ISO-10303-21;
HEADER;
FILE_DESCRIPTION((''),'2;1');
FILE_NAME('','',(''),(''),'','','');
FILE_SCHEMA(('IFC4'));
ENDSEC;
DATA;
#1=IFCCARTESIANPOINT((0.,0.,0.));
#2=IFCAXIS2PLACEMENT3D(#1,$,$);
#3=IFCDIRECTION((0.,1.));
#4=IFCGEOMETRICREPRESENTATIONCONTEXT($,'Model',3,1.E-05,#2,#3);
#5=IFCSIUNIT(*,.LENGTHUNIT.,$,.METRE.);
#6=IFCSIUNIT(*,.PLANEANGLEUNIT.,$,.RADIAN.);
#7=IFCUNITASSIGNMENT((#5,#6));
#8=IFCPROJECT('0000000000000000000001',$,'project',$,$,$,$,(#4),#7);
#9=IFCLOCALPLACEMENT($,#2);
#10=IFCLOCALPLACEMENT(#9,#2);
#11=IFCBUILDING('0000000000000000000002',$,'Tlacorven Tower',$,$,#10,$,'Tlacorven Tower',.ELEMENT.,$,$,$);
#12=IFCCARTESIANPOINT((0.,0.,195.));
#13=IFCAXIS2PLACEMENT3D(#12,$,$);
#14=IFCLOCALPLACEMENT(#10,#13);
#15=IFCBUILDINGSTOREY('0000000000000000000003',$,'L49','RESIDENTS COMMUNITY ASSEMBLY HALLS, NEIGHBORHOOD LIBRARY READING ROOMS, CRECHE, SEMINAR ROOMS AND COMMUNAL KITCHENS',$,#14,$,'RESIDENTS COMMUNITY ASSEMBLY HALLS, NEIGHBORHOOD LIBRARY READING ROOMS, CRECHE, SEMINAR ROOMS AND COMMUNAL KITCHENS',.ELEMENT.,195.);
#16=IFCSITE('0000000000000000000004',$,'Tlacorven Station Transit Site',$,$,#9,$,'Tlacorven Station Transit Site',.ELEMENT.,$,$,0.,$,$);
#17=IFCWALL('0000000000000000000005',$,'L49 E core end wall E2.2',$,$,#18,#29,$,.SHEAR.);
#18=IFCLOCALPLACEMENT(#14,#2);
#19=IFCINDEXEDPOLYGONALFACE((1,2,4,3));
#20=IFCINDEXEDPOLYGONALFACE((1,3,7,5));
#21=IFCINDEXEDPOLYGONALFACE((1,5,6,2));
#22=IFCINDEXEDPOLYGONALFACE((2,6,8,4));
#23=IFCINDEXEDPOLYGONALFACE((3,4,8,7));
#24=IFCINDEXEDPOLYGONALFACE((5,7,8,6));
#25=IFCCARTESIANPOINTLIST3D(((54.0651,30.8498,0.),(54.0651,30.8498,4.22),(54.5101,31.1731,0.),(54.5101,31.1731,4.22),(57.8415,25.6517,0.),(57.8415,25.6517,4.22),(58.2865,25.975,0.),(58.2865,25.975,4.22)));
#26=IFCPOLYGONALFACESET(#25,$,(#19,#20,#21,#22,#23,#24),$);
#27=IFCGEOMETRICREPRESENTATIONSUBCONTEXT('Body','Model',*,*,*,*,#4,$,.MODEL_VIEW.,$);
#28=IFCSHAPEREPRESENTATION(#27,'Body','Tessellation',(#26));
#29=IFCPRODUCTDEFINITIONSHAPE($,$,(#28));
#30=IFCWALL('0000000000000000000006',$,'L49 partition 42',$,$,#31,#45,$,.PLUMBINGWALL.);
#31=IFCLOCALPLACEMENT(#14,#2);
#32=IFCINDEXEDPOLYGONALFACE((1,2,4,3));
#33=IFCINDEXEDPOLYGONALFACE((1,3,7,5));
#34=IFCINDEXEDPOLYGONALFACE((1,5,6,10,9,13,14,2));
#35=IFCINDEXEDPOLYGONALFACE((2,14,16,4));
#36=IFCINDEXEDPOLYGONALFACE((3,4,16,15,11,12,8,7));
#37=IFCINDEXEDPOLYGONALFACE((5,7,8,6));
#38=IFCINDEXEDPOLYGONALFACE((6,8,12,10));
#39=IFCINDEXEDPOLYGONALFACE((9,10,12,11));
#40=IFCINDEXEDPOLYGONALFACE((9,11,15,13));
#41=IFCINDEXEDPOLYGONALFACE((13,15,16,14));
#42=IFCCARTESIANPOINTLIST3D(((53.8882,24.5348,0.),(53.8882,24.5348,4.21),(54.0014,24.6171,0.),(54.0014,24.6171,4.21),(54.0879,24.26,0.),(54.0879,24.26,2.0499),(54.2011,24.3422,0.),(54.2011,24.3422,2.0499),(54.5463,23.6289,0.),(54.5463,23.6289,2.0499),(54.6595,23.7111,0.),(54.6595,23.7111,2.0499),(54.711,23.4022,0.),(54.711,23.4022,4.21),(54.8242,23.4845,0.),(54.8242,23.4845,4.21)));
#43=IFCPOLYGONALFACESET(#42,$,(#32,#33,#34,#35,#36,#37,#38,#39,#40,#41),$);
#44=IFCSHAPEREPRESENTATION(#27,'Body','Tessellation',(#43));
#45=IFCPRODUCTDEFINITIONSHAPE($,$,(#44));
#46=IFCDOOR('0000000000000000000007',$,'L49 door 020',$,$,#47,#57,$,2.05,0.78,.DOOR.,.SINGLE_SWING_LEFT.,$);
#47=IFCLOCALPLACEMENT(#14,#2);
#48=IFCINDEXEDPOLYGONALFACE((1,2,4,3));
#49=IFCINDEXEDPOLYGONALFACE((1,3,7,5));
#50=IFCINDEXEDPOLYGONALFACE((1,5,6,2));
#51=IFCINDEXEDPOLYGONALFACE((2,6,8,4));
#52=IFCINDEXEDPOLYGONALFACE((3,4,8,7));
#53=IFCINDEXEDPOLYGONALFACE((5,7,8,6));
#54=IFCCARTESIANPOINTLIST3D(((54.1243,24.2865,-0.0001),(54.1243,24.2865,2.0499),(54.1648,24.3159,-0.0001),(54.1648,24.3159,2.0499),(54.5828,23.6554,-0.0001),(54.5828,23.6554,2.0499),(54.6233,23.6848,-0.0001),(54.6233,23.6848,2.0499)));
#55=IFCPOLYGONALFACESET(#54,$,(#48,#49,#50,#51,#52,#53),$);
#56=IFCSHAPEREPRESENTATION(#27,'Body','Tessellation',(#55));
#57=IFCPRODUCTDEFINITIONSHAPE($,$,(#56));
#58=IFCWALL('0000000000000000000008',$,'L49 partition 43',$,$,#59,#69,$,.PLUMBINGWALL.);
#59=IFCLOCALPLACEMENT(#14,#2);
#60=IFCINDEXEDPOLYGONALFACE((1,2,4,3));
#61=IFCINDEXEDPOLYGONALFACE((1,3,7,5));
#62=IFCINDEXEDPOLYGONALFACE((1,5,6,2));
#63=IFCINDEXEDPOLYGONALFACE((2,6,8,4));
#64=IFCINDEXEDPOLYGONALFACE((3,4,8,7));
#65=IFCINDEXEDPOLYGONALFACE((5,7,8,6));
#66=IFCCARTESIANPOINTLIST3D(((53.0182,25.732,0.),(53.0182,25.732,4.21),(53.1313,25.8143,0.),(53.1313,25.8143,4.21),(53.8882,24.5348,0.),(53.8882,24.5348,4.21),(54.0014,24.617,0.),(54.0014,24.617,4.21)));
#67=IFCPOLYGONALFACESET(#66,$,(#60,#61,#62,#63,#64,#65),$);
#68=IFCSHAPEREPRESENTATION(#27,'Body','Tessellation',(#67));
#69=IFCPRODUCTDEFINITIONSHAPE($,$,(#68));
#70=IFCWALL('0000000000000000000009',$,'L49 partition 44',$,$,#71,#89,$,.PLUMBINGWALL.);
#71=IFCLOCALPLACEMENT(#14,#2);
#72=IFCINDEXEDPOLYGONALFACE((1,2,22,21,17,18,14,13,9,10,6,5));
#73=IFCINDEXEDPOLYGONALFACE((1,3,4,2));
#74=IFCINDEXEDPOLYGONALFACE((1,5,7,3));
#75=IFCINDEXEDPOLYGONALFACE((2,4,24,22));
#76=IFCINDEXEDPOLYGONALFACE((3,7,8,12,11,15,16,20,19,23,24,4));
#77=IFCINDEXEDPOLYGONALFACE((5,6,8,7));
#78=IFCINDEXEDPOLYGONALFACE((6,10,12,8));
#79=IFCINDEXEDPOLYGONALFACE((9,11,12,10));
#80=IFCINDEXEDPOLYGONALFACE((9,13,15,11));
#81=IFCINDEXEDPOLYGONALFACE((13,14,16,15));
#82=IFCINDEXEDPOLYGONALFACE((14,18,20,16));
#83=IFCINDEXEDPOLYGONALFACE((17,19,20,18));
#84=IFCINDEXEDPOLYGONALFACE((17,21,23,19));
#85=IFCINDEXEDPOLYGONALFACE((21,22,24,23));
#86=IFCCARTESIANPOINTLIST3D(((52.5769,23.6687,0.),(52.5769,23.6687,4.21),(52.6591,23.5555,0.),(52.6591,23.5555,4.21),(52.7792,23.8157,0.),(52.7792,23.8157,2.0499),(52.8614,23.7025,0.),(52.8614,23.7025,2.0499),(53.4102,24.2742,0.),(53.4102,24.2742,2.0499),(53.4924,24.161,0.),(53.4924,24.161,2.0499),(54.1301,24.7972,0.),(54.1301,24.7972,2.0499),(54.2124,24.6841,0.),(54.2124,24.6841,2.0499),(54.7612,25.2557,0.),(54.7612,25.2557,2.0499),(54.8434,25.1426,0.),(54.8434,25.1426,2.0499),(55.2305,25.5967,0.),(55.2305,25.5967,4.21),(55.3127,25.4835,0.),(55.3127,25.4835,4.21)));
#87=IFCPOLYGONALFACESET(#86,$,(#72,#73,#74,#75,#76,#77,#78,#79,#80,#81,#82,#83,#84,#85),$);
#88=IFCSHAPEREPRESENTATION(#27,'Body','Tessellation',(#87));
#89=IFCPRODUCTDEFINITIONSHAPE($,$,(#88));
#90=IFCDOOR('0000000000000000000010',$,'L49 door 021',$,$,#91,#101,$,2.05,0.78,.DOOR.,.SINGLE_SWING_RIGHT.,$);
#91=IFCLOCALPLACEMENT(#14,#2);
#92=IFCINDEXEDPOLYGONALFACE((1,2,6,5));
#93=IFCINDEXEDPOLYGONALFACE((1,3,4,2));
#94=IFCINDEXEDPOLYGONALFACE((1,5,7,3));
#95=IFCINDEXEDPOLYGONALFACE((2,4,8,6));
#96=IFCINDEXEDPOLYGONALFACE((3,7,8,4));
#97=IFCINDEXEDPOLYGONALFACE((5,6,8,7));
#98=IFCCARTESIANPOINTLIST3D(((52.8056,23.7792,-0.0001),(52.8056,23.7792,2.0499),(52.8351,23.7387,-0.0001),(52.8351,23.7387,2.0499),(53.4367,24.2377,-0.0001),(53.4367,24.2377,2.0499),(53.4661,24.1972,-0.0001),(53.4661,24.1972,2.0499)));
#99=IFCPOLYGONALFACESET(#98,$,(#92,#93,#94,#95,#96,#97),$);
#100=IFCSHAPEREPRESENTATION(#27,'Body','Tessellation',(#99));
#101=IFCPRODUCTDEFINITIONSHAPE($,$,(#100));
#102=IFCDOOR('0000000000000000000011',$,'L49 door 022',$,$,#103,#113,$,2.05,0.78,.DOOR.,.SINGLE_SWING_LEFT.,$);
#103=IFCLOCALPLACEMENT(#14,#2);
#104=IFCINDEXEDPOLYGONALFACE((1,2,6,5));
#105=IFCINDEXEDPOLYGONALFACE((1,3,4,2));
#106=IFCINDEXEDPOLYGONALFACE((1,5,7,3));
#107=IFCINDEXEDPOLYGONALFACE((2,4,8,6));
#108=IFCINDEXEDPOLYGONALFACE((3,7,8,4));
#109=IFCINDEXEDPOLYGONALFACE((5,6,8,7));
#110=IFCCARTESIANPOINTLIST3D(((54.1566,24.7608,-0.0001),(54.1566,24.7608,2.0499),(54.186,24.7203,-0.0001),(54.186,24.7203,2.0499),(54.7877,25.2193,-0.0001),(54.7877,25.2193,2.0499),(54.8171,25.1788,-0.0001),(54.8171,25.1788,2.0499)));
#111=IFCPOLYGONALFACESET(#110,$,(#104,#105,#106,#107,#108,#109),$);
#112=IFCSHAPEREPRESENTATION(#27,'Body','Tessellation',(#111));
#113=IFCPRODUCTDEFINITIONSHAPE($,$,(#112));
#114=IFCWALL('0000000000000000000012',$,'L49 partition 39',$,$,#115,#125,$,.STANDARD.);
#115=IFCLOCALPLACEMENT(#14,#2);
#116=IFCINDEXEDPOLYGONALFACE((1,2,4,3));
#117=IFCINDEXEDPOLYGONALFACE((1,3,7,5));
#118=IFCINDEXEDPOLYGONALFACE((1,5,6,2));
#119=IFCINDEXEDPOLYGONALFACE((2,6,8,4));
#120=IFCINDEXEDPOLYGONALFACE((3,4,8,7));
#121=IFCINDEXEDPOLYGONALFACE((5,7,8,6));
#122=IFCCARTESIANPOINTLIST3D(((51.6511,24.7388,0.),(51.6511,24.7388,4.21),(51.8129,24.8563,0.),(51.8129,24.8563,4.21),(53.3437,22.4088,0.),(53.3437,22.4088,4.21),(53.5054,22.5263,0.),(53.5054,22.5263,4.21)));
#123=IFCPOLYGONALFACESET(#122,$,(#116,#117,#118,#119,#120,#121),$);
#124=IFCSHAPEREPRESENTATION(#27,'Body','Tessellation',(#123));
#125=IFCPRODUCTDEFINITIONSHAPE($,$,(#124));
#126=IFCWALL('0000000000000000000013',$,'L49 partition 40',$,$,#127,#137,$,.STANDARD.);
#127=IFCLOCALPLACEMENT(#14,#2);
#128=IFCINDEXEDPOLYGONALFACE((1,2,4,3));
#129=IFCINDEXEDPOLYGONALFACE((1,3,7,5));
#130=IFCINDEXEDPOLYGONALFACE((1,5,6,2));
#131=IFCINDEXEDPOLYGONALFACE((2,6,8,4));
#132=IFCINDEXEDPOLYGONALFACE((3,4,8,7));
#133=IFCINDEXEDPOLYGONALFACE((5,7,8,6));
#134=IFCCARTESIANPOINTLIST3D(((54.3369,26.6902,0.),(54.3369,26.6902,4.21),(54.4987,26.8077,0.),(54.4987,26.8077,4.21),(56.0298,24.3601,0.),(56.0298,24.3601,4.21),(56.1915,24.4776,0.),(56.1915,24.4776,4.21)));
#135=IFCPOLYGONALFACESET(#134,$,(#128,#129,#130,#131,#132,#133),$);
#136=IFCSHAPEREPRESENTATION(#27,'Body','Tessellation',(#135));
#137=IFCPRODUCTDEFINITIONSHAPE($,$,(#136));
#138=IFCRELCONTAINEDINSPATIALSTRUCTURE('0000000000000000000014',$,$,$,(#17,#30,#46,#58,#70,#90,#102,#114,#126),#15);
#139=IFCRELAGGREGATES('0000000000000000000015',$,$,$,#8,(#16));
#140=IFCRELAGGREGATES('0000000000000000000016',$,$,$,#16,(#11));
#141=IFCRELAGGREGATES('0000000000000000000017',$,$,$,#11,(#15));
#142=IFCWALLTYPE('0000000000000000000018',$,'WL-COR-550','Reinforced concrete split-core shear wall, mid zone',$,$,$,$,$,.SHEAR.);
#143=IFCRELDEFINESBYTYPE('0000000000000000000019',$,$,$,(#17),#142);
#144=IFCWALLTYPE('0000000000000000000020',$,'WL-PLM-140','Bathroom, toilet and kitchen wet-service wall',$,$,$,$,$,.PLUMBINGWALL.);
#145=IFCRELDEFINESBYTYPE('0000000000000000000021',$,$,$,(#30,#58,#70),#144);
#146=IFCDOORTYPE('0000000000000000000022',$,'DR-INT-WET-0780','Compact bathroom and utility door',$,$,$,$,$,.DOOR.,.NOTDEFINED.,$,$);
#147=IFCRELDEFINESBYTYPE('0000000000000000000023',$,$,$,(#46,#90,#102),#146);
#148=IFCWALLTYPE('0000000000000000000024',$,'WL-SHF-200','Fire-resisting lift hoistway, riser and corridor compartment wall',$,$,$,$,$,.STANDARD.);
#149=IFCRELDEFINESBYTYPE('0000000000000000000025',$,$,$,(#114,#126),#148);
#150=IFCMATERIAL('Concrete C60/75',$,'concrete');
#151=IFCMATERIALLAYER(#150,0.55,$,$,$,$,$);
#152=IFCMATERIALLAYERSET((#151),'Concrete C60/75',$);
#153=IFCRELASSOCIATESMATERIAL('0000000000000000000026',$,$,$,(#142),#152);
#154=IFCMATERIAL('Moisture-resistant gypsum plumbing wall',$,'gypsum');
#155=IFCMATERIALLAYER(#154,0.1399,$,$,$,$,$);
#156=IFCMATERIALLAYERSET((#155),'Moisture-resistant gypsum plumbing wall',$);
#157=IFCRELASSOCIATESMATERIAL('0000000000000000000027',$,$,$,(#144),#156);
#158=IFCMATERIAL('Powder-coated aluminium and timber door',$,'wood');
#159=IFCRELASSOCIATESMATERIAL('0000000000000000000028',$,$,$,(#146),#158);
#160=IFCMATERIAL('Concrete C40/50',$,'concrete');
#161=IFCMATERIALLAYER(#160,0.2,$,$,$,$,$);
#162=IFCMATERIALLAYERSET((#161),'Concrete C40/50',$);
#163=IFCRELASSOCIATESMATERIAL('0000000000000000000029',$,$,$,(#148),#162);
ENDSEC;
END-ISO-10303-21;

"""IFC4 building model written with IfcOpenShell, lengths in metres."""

from ifc_helpers import new_model, si_unit, direction, frame, frame_2d, origin, place, context, subcontext, project, spatial, rectangle, extrude, source, transform, mapped, material, layer, layer_set, type_object, element, fill, save


model = new_model("IFC4")

# Units and contexts
model_context = context("Model", 3, precision=1e-05, world=origin(), true_north=direction((0.0, 1.0)))
body_context = subcontext(model_context, "Body", "Model", "MODEL_VIEW")
ifc_project = project(units=[si_unit("LENGTHUNIT", "METRE"), si_unit("PLANEANGLEUNIT", "RADIAN")], contexts=[model_context])

# Site, building, storey
site_placement = place(None, origin())
site = spatial("IfcSite", under=ifc_project, at=site_placement, Name="Tlacorven Station Transit Site", LongName="Tlacorven Station Transit Site", CompositionType="ELEMENT", RefElevation=0.0)
building_placement = place(site_placement, origin())
building = spatial("IfcBuilding", under=site, at=building_placement, Name="Tlacorven Tower", LongName="Tlacorven Tower", CompositionType="ELEMENT")
storey_placement = place(building_placement, frame((0.0, 0.0, 195.0)))
storey = spatial("IfcBuildingStorey", under=building, at=storey_placement, Name="L49", Description="RESIDENTS COMMUNITY ASSEMBLY HALLS, NEIGHBORHOOD LIBRARY READING ROOMS, CRECHE, SEMINAR ROOMS AND COMMUNAL KITCHENS", LongName="RESIDENTS COMMUNITY ASSEMBLY HALLS, NEIGHBORHOOD LIBRARY READING ROOMS, CRECHE, SEMINAR ROOMS AND COMMUNAL KITCHENS", CompositionType="ELEMENT", Elevation=195.0)

# Wall
ifc_material_1 = material(Name="Concrete C60/75", Category="concrete")
ifc_layer_1 = layer(ifc_material_1, 0.55)
ifc_layer_set_1 = layer_set([ifc_layer_1], Name="Concrete C60/75")
wall_type_1 = type_object("IfcWallType", Name="WL-COR-550", Description="Reinforced concrete split-core shear wall, mid zone", PredefinedType="SHEAR", material=ifc_layer_set_1)
wall_1_placement = place(storey_placement, frame((58.064, 25.8135, 0.0), z_axis=(0.0, 0.0, 1.0), x_axis=(-0.587765, 0.809032, 0.0)))
element("IfcWall", 1, at=wall_1_placement, inside=storey, type_object=wall_type_1, Name="L49 E core end wall E2.2", PredefinedType="SHEAR", context=body_context, shape_type="SweptSolid", body=[
    extrude(rectangle(XDim=6.425, YDim=0.55, at=frame_2d((3.2124, 0.0))), origin(), (0.0, 0.0, 1.0), 4.22),
])

# Wall, opening, door
ifc_material_2 = material(Name="Moisture-resistant gypsum plumbing wall", Category="gypsum")
ifc_layer_2 = layer(ifc_material_2, 0.1399)
ifc_layer_set_2 = layer_set([ifc_layer_2], Name="Moisture-resistant gypsum plumbing wall")
wall_type_2 = type_object("IfcWallType", Name="WL-PLM-140", Description="Bathroom, toilet and kitchen wet-service wall", PredefinedType="PLUMBINGWALL", material=ifc_layer_set_2)
wall_2_placement = place(storey_placement, frame((54.7676, 23.4434, 0.0), z_axis=(0.0, 0.0, 1.0), x_axis=(-0.587736, 0.809053, 0.0)))
wall_2 = element("IfcWall", 2, at=wall_2_placement, inside=storey, type_object=wall_type_2, Name="L49 partition 42", PredefinedType="PLUMBINGWALL", context=body_context, shape_type="SweptSolid", body=[
    extrude(rectangle(XDim=1.3999, YDim=0.1399, at=frame_2d((0.7, 0.0))), origin(), (0.0, 0.0, 1.0), 4.21),
])
opening_1_placement = place(wall_2_placement, frame((0.28, 0.0, 0.0)))
opening_1 = element("IfcOpeningElement", 3, at=opening_1_placement, cuts=wall_2, PredefinedType="OPENING", context=body_context, shape_type="SweptSolid", body=[
    extrude(rectangle(XDim=0.78, YDim=2.05, at=frame_2d((0.3901, 1.0249))), frame((0.0, 0.0801, 0.0), z_axis=(0.0, -1.0, 0.0), x_axis=(1.0, 0.0, 0.0)), (0.0, 0.0, 1.0), 0.1599),
])
ifc_material_3 = material(Name="Powder-coated aluminium and timber door", Category="wood")
door_type_1 = type_object("IfcDoorType", Name="DR-INT-WET-0780", Description="Compact bathroom and utility door", OperationType="NOTDEFINED", PredefinedType="DOOR", material=ifc_material_3)
shared_shape_1 = source(origin(), body_context, "Body", "SweptSolid", [
    extrude(rectangle(XDim=0.78, YDim=2.05, at=frame_2d((0.3901, 1.0249))), frame((0.0, 0.0249, 0.0), z_axis=(0.0, -1.0, 0.0), x_axis=(1.0, 0.0, 0.0)), (0.0, 0.0, 1.0), 0.05),
])
door_1_placement = place(opening_1_placement, origin())
door_1 = element("IfcDoor", 4, at=door_1_placement, inside=storey, type_object=door_type_1, Name="L49 door 020", OperationType="SINGLE_SWING_LEFT", OverallHeight=2.05, OverallWidth=0.78, PredefinedType="DOOR", context=body_context, shape_type="MappedRepresentation", body=[
    mapped(shared_shape_1, transform((0.0, 0.0, 0.0), scale=1.0)),
])
fill(opening_1, door_1)

# Wall
wall_3_placement = place(storey_placement, frame((53.9448, 24.5759, 0.0), z_axis=(0.0, 0.0, 1.0), x_axis=(-0.587897, 0.808936, 0.0)))
element("IfcWall", 5, at=wall_3_placement, inside=storey, type_object=wall_type_2, Name="L49 partition 43", PredefinedType="PLUMBINGWALL", context=body_context, shape_type="SweptSolid", body=[
    extrude(rectangle(XDim=1.48, YDim=0.1399, at=frame_2d((0.74, 0.0))), origin(), (0.0, 0.0, 1.0), 4.21),
])

# Wall, openings, doors
wall_4_placement = place(storey_placement, frame((52.6179, 23.6121, 0.0), z_axis=(0.0, 0.0, 1.0), x_axis=(0.80901, 0.587795, 0.0)))
wall_4 = element("IfcWall", 6, at=wall_4_placement, inside=storey, type_object=wall_type_2, Name="L49 partition 44", PredefinedType="PLUMBINGWALL", context=body_context, shape_type="SweptSolid", body=[
    extrude(rectangle(XDim=3.28, YDim=0.1399, at=frame_2d((1.6401, 0.0))), origin(), (0.0, 0.0, 1.0), 4.21),
])
opening_2_placement = place(wall_4_placement, frame((0.25, 0.0, 0.0)))
opening_2 = element("IfcOpeningElement", 7, at=opening_2_placement, cuts=wall_4, PredefinedType="OPENING", context=body_context, shape_type="SweptSolid", body=[
    extrude(rectangle(XDim=0.78, YDim=2.05, at=frame_2d((0.3901, 1.0249))), frame((0.0, 0.0801, 0.0), z_axis=(0.0, -1.0, 0.0), x_axis=(1.0, 0.0, 0.0)), (0.0, 0.0, 1.0), 0.1599),
])
opening_3_placement = place(wall_4_placement, frame((1.9199, 0.0, 0.0)))
opening_3 = element("IfcOpeningElement", 8, at=opening_3_placement, cuts=wall_4, PredefinedType="OPENING", context=body_context, shape_type="SweptSolid", body=[
    extrude(rectangle(XDim=0.78, YDim=2.05, at=frame_2d((0.3901, 1.0249))), frame((0.0, 0.0801, 0.0), z_axis=(0.0, -1.0, 0.0), x_axis=(1.0, 0.0, 0.0)), (0.0, 0.0, 1.0), 0.1599),
])
door_2_placement = place(opening_2_placement, origin())
door_2 = element("IfcDoor", 9, at=door_2_placement, inside=storey, type_object=door_type_1, Name="L49 door 021", OperationType="SINGLE_SWING_RIGHT", OverallHeight=2.05, OverallWidth=0.78, PredefinedType="DOOR", context=body_context, shape_type="MappedRepresentation", body=[
    mapped(shared_shape_1, transform((0.0, 0.0, 0.0), scale=1.0)),
])
fill(opening_2, door_2)
door_3_placement = place(opening_3_placement, origin())
door_3 = element("IfcDoor", 10, at=door_3_placement, inside=storey, type_object=door_type_1, Name="L49 door 022", OperationType="SINGLE_SWING_LEFT", OverallHeight=2.05, OverallWidth=0.78, PredefinedType="DOOR", context=body_context, shape_type="MappedRepresentation", body=[
    mapped(shared_shape_1, transform((0.0, 0.0, 0.0), scale=1.0)),
])
fill(opening_3, door_3)

# Walls
ifc_material_4 = material(Name="Concrete C40/50", Category="concrete")
ifc_layer_3 = layer(ifc_material_4, 0.2)
ifc_layer_set_3 = layer_set([ifc_layer_3], Name="Concrete C40/50")
wall_type_3 = type_object("IfcWallType", Name="WL-SHF-200", Description="Fire-resisting lift hoistway, riser and corridor compartment wall", PredefinedType="STANDARD", material=ifc_layer_set_3)
wall_5_placement = place(storey_placement, frame((53.4246, 22.4675, 0.0), z_axis=(0.0, 0.0, 1.0), x_axis=(-0.587723, 0.809062, 0.0)))
element("IfcWall", 11, at=wall_5_placement, inside=storey, type_object=wall_type_3, Name="L49 partition 39", PredefinedType="STANDARD", context=body_context, shape_type="SweptSolid", body=[
    extrude(rectangle(XDim=2.8799, YDim=0.2, at=frame_2d((1.4399, 0.0))), origin(), (0.0, 0.0, 1.0), 4.21),
])
wall_6_placement = place(storey_placement, frame((56.1106, 24.4189, 0.0), z_axis=(0.0, 0.0, 1.0), x_axis=(-0.587778, 0.809022, 0.0)))
element("IfcWall", 12, at=wall_6_placement, inside=storey, type_object=wall_type_3, Name="L49 partition 40", PredefinedType="STANDARD", context=body_context, shape_type="SweptSolid", body=[
    extrude(rectangle(XDim=2.8801, YDim=0.2, at=frame_2d((1.4399, 0.0))), origin(), (0.0, 0.0, 1.0), 4.21),
])

save(model, "model.ifc")
